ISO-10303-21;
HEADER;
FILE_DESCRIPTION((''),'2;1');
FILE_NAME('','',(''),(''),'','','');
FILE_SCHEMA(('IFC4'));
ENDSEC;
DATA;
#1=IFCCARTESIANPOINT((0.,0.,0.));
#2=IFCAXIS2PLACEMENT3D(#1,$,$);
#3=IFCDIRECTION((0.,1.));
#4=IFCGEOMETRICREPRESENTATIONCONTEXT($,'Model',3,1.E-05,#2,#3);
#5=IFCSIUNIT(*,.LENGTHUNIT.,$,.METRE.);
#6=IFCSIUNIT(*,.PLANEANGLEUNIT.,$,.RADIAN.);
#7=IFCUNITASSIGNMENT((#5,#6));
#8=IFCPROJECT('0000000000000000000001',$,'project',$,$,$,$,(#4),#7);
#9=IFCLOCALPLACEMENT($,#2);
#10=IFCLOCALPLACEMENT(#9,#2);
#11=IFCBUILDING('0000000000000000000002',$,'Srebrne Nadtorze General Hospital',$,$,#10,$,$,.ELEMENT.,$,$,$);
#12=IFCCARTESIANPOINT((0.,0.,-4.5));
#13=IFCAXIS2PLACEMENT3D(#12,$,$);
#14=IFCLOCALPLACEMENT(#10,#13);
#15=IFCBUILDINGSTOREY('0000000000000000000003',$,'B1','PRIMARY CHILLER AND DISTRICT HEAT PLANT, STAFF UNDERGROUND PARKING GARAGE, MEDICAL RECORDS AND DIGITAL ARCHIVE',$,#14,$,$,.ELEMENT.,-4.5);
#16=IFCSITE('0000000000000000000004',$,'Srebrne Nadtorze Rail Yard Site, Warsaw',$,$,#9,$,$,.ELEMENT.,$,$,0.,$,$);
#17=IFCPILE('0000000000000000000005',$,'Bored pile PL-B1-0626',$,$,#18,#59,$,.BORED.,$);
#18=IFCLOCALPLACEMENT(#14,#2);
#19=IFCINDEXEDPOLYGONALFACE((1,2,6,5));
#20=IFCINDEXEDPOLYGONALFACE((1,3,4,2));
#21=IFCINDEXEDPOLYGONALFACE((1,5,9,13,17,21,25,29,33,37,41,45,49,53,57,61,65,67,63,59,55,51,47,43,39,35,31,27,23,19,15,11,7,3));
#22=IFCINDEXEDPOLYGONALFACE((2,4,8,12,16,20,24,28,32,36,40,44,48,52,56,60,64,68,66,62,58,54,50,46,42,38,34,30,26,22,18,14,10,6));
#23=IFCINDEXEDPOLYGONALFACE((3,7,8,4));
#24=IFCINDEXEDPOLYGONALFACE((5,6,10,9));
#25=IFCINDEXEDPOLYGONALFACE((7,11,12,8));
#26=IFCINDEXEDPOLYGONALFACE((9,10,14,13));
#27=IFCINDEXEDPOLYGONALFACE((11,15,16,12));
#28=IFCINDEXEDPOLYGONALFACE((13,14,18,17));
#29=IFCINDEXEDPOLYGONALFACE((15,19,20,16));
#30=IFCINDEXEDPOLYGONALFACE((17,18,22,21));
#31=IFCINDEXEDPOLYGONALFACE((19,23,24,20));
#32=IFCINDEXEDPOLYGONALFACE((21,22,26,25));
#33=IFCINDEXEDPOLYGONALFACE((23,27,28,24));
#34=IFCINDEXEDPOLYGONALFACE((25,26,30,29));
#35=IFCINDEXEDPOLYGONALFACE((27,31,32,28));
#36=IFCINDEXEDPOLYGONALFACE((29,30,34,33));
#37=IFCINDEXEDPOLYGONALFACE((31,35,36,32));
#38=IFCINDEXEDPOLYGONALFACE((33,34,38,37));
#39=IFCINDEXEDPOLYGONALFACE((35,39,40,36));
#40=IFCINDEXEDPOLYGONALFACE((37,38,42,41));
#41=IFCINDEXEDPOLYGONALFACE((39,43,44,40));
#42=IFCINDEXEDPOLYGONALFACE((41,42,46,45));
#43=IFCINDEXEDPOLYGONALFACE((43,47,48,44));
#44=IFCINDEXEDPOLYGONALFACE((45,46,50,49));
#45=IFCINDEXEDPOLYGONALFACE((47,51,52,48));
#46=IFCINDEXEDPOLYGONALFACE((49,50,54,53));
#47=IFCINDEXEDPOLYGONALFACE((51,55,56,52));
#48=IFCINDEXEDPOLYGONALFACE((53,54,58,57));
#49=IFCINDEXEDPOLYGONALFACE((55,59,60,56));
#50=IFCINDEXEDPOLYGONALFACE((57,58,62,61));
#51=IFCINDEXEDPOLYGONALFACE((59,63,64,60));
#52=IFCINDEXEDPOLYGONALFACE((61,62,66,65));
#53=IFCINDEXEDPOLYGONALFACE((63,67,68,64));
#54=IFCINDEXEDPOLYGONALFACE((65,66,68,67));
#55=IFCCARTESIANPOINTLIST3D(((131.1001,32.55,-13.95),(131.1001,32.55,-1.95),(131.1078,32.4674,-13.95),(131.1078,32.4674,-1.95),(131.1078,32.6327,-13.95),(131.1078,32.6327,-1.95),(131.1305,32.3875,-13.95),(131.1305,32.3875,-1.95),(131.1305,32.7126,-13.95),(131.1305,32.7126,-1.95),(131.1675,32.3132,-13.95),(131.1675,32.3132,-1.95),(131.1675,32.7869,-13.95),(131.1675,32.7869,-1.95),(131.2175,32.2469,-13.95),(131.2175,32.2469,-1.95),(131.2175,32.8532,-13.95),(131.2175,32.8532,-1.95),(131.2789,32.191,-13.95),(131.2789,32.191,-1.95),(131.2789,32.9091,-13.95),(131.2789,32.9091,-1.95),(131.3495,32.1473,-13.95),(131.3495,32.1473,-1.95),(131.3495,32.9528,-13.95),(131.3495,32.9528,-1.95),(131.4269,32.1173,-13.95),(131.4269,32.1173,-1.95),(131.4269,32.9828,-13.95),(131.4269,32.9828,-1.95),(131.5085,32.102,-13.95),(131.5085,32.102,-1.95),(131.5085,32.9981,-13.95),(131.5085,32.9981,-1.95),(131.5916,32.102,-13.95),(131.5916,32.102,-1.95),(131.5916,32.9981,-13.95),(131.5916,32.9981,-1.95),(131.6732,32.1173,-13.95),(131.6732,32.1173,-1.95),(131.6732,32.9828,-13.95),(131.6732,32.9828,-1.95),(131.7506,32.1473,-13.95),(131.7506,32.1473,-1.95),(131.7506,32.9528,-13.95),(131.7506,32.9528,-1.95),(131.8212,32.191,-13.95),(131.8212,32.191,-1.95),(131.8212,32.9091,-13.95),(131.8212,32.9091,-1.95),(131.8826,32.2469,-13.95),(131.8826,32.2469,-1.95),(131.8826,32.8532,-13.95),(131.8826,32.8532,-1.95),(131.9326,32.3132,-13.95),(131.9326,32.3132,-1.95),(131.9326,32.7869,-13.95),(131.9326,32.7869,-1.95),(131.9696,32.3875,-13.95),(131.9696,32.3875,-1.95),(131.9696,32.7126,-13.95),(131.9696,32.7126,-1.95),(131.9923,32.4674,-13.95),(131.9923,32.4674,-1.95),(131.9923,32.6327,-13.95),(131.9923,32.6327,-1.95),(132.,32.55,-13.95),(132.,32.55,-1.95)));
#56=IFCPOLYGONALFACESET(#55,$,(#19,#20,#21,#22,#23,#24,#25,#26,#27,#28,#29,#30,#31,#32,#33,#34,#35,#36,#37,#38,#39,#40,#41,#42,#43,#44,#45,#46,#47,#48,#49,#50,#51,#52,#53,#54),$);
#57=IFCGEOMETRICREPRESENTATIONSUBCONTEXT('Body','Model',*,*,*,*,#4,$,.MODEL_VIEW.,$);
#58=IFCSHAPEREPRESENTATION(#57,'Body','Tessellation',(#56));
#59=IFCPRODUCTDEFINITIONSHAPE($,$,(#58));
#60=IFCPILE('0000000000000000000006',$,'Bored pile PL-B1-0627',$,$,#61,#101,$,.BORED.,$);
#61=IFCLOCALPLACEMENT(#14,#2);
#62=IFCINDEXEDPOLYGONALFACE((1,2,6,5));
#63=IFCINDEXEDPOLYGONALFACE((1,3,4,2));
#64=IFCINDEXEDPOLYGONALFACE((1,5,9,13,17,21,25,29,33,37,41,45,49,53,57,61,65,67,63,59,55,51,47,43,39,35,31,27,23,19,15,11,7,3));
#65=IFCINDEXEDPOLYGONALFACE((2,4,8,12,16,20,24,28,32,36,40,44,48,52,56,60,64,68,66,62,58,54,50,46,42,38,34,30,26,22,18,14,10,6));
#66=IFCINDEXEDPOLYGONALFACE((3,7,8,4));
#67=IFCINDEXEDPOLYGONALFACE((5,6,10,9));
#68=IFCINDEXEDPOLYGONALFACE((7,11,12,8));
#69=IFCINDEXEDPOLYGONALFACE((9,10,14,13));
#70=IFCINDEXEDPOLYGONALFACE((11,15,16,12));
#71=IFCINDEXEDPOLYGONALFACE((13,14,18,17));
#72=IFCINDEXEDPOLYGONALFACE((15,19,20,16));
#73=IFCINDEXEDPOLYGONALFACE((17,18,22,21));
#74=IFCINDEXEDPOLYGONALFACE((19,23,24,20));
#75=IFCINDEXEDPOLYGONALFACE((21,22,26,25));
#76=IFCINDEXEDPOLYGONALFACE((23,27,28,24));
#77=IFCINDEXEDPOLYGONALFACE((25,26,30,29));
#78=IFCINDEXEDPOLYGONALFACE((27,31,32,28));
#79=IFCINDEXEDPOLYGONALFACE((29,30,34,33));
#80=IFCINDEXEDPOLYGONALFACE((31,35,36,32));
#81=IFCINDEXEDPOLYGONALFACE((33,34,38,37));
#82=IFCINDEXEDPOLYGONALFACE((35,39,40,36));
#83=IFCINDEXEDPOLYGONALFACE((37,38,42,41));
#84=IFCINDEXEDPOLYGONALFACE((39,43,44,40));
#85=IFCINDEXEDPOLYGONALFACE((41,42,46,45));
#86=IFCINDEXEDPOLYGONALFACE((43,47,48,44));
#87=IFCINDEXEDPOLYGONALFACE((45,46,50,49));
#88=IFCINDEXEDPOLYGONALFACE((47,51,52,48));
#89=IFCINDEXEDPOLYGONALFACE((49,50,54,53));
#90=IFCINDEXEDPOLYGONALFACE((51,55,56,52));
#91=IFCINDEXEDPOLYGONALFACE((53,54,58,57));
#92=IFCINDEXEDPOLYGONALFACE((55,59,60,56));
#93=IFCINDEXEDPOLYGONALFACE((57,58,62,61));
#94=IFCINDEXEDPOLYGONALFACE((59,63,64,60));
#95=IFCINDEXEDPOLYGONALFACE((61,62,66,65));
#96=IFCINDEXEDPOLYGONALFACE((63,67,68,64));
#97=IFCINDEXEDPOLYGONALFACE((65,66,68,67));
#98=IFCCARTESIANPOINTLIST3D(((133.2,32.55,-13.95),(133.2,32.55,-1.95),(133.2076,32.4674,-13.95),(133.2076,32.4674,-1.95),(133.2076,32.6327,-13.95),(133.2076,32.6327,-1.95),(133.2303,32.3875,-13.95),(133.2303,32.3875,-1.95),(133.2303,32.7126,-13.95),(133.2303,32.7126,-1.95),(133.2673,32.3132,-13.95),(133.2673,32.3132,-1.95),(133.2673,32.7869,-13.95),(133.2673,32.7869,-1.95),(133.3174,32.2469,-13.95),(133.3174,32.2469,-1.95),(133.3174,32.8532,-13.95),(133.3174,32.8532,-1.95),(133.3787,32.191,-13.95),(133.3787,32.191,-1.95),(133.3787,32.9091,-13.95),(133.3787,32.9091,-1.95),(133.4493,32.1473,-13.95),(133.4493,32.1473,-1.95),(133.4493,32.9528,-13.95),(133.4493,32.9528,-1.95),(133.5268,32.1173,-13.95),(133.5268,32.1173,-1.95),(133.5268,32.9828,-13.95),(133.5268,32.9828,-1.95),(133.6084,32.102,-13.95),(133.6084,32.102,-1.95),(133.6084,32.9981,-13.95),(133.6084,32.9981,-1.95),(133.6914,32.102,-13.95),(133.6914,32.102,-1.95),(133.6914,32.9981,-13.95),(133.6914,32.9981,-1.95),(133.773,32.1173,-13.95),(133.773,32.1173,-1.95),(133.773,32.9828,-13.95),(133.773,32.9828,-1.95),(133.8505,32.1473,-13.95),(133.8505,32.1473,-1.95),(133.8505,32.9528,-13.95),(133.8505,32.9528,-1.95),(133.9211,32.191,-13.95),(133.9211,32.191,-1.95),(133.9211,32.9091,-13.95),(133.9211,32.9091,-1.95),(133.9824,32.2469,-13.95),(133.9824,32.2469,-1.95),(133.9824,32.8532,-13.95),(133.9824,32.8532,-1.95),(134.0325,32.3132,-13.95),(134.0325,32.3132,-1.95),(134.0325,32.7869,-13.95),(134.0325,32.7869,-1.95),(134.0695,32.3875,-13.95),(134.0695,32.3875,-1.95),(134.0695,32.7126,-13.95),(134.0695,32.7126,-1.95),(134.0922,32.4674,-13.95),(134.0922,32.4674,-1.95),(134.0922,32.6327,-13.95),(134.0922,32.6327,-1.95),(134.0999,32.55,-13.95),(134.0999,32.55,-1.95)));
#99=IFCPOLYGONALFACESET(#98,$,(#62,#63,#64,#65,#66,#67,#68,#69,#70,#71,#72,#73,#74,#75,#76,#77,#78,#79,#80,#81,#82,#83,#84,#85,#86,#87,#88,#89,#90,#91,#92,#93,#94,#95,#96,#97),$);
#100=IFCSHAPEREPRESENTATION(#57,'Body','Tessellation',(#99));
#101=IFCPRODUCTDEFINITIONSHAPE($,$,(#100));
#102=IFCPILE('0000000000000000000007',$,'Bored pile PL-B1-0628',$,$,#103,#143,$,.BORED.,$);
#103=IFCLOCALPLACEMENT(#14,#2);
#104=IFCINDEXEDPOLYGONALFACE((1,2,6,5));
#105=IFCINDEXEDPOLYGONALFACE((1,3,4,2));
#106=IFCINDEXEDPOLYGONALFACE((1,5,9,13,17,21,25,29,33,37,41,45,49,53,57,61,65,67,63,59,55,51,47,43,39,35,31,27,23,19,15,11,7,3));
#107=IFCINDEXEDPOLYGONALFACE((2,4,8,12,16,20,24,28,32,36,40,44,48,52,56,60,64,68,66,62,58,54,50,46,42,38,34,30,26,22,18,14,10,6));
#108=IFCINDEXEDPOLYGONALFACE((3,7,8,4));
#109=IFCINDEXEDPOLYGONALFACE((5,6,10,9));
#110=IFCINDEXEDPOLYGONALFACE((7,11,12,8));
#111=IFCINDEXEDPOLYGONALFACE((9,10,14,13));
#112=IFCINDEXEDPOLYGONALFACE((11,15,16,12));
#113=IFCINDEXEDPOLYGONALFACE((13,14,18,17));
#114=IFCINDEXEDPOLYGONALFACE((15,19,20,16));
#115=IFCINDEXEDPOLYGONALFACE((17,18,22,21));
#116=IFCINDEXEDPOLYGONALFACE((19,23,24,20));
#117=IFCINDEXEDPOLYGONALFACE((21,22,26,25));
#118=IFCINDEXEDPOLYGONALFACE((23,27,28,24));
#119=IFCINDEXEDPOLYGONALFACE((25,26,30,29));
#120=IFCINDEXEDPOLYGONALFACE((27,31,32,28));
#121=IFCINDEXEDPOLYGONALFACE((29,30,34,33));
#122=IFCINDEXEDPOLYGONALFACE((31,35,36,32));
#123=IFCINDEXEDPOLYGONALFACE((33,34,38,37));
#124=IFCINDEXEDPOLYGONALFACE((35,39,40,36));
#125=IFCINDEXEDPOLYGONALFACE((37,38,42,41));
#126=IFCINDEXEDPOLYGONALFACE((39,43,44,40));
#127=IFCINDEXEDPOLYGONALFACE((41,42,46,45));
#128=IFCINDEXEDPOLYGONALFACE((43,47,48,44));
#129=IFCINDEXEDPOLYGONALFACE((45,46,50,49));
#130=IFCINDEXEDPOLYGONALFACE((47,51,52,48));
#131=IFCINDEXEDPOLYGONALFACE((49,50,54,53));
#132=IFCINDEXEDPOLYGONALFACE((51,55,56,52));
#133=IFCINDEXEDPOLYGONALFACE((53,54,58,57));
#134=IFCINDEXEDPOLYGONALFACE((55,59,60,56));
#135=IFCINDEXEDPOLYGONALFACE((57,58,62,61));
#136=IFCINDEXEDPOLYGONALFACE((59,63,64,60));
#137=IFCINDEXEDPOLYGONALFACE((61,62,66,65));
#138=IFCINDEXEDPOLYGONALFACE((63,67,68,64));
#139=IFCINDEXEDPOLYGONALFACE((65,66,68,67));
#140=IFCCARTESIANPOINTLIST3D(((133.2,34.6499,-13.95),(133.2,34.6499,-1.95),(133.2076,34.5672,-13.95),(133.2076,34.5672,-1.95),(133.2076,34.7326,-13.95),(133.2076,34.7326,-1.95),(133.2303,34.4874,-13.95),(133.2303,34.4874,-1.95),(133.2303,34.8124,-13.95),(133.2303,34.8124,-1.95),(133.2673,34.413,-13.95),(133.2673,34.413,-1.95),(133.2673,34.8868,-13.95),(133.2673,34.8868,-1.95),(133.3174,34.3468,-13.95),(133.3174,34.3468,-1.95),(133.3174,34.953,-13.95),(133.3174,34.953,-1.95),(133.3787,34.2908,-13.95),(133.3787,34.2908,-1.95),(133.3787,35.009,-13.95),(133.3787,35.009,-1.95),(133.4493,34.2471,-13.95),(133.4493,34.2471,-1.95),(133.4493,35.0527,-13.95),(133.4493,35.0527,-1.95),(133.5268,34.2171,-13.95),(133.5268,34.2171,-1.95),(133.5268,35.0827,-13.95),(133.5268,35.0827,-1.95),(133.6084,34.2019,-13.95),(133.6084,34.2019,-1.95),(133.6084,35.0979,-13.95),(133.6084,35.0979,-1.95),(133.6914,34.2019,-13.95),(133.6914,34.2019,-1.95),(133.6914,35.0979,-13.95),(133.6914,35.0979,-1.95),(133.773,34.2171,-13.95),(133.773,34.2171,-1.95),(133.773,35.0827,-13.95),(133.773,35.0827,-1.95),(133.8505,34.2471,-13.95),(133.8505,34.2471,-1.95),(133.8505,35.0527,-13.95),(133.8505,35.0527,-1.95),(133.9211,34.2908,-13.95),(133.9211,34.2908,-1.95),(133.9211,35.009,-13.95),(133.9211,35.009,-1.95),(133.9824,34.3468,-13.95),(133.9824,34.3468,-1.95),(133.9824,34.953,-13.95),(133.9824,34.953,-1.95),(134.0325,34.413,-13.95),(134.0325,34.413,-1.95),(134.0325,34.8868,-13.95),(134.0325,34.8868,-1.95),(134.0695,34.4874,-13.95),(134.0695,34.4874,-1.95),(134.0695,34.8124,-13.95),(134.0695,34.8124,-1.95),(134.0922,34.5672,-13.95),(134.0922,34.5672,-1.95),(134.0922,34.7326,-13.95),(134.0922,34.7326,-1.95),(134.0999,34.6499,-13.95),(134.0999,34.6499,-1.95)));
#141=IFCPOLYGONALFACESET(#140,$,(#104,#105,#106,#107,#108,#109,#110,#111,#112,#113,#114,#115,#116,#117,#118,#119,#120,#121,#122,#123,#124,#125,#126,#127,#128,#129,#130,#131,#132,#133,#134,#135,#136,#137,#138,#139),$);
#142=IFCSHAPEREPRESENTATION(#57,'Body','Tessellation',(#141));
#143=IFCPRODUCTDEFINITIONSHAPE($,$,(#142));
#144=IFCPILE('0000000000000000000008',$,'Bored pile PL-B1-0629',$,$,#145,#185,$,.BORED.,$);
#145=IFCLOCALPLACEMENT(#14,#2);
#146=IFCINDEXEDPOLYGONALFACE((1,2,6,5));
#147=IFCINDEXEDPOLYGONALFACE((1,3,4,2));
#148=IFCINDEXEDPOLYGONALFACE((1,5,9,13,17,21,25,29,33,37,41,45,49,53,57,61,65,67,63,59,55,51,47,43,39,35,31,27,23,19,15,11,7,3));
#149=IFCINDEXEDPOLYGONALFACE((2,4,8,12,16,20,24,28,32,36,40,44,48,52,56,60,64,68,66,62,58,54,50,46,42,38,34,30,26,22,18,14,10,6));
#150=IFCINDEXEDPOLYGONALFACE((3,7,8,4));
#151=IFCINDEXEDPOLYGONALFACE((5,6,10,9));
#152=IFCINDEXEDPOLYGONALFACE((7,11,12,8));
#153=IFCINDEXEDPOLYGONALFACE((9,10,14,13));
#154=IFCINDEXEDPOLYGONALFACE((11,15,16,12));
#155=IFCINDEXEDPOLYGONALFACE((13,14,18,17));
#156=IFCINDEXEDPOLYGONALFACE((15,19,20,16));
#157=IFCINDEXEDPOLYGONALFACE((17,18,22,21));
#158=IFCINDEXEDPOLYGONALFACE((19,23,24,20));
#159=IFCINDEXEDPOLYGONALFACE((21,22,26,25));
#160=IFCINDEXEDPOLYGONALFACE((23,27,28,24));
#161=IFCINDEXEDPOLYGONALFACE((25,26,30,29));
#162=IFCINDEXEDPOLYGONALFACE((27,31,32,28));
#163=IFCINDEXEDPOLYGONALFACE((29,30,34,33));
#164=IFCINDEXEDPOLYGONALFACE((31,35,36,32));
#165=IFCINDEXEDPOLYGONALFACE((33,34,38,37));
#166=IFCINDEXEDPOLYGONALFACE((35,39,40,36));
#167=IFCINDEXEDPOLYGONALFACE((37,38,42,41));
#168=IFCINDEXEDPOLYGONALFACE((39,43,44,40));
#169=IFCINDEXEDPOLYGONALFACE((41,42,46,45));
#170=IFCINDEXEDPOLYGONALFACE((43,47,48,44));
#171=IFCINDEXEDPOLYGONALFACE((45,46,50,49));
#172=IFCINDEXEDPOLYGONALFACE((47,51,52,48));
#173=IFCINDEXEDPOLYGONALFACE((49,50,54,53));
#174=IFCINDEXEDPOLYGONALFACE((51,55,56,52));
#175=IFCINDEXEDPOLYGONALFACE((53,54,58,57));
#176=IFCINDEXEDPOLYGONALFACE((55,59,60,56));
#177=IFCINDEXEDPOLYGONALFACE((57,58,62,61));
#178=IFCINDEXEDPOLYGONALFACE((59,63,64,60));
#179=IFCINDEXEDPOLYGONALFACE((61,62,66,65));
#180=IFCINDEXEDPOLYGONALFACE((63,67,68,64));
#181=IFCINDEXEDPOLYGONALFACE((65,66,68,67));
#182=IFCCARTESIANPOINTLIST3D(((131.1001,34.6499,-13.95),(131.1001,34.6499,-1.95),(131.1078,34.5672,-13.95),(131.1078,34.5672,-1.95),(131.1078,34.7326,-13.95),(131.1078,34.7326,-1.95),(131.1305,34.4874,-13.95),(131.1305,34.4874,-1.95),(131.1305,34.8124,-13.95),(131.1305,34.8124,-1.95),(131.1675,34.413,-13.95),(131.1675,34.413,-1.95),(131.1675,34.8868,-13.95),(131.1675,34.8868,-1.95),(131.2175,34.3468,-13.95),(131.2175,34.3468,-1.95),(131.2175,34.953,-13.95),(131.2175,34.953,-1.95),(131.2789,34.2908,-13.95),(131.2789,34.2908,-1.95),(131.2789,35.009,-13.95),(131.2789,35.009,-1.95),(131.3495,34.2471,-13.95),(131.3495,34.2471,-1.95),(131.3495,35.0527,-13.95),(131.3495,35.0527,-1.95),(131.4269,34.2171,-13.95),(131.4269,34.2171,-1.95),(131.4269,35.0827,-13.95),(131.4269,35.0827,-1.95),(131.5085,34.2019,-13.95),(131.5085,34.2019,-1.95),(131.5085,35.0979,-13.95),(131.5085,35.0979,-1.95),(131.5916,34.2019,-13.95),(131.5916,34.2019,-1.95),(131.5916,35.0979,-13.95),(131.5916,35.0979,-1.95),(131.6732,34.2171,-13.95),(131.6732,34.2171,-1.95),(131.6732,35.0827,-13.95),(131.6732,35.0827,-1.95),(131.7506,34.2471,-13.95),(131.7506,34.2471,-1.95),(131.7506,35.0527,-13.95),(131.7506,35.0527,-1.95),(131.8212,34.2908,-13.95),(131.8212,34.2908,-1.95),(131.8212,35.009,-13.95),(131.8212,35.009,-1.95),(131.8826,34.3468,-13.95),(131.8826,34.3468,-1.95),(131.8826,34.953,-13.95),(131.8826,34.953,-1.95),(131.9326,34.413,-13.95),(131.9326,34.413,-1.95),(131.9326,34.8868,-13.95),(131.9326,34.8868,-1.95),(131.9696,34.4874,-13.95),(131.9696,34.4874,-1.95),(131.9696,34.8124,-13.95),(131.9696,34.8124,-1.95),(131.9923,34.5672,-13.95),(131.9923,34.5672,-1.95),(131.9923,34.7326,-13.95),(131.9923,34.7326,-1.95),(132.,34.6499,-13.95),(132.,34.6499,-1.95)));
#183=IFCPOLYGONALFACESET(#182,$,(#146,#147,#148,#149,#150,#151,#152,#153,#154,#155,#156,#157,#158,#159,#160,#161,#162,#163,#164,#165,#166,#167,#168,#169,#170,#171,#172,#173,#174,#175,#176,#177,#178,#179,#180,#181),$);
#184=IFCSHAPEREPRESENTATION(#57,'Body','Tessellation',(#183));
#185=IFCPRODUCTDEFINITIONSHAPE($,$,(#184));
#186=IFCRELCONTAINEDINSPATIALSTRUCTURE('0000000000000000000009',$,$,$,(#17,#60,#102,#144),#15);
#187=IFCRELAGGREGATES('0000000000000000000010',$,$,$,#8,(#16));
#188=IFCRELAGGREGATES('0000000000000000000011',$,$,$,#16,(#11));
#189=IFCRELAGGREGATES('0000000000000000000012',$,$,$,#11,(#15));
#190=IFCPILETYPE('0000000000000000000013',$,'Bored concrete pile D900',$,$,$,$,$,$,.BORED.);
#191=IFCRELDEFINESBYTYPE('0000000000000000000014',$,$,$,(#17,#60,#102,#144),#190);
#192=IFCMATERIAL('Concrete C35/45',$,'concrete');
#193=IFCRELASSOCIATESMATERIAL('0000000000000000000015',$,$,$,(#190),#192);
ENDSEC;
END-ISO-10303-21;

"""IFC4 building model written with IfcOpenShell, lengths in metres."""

from ifc_helpers import new_model, si_unit, direction, frame, origin, origin_2d, place, context, subcontext, project, spatial, circle, extrude, material, material_profile, profile_set, type_object, element, save


model = new_model("IFC4")

# Units and contexts
model_context = context("Model", 3, precision=1e-05, world=origin(), true_north=direction((0.0, 1.0)))
body_context = subcontext(model_context, "Body", "Model", "MODEL_VIEW")
ifc_project = project(units=[si_unit("LENGTHUNIT", "METRE"), si_unit("PLANEANGLEUNIT", "RADIAN")], contexts=[model_context])

# Site, building, storey
site_placement = place(None, origin())
site = spatial("IfcSite", under=ifc_project, at=site_placement, Name="Srebrne Nadtorze Rail Yard Site, Warsaw", CompositionType="ELEMENT", RefElevation=0.0)
building_placement = place(site_placement, origin())
building = spatial("IfcBuilding", under=site, at=building_placement, Name="Srebrne Nadtorze General Hospital", CompositionType="ELEMENT")
storey_placement = place(building_placement, frame((0.0, 0.0, -4.5)))
storey = spatial("IfcBuildingStorey", under=building, at=storey_placement, Name="B1", Description="PRIMARY CHILLER AND DISTRICT HEAT PLANT, STAFF UNDERGROUND PARKING GARAGE, MEDICAL RECORDS AND DIGITAL ARCHIVE", CompositionType="ELEMENT", Elevation=-4.5)

# Piles
ifc_material_1 = material(Name="Concrete C35/45", Category="concrete")
ifc_material_profile_1 = material_profile(ifc_material_1, circle(Radius=0.45, at=origin_2d()), Name="PILE-D900")
ifc_profile_set_1 = profile_set([ifc_material_profile_1], Name="Concrete C35/45")
pile_type_1 = type_object("IfcPileType", Name="Bored concrete pile D900", PredefinedType="BORED", material=ifc_profile_set_1)
for number, where, z_axis, x_axis, name in (
    (1, (131.55, 32.55, -1.95), (0.0, 0.0, -1.0), (1.0, 0.0, 0.0), "Bored pile PL-B1-0626"),
    (2, (133.6499, 32.55, -1.95), (0.0, 0.0, -1.0), (1.0, 0.0, 0.0), "Bored pile PL-B1-0627"),
    (3, (133.6499, 34.6499, -1.95), (0.0, 0.0, -1.0), (1.0, 0.0, 0.0), "Bored pile PL-B1-0628"),
    (4, (131.55, 34.6499, -1.95), (0.0, 0.0, -1.0), (1.0, 0.0, 0.0), "Bored pile PL-B1-0629"),
):
    element("IfcPile", number, at=place(storey_placement, frame(where, z_axis=z_axis, x_axis=x_axis)), inside=storey, type_object=pile_type_1, Name=name, PredefinedType="BORED", context=body_context, shape_type="SweptSolid", body=[
        extrude(circle(Radius=0.45, at=origin_2d()), origin(), (0.0, 0.0, 1.0), 12.0),
    ])

save(model, "model.ifc")
